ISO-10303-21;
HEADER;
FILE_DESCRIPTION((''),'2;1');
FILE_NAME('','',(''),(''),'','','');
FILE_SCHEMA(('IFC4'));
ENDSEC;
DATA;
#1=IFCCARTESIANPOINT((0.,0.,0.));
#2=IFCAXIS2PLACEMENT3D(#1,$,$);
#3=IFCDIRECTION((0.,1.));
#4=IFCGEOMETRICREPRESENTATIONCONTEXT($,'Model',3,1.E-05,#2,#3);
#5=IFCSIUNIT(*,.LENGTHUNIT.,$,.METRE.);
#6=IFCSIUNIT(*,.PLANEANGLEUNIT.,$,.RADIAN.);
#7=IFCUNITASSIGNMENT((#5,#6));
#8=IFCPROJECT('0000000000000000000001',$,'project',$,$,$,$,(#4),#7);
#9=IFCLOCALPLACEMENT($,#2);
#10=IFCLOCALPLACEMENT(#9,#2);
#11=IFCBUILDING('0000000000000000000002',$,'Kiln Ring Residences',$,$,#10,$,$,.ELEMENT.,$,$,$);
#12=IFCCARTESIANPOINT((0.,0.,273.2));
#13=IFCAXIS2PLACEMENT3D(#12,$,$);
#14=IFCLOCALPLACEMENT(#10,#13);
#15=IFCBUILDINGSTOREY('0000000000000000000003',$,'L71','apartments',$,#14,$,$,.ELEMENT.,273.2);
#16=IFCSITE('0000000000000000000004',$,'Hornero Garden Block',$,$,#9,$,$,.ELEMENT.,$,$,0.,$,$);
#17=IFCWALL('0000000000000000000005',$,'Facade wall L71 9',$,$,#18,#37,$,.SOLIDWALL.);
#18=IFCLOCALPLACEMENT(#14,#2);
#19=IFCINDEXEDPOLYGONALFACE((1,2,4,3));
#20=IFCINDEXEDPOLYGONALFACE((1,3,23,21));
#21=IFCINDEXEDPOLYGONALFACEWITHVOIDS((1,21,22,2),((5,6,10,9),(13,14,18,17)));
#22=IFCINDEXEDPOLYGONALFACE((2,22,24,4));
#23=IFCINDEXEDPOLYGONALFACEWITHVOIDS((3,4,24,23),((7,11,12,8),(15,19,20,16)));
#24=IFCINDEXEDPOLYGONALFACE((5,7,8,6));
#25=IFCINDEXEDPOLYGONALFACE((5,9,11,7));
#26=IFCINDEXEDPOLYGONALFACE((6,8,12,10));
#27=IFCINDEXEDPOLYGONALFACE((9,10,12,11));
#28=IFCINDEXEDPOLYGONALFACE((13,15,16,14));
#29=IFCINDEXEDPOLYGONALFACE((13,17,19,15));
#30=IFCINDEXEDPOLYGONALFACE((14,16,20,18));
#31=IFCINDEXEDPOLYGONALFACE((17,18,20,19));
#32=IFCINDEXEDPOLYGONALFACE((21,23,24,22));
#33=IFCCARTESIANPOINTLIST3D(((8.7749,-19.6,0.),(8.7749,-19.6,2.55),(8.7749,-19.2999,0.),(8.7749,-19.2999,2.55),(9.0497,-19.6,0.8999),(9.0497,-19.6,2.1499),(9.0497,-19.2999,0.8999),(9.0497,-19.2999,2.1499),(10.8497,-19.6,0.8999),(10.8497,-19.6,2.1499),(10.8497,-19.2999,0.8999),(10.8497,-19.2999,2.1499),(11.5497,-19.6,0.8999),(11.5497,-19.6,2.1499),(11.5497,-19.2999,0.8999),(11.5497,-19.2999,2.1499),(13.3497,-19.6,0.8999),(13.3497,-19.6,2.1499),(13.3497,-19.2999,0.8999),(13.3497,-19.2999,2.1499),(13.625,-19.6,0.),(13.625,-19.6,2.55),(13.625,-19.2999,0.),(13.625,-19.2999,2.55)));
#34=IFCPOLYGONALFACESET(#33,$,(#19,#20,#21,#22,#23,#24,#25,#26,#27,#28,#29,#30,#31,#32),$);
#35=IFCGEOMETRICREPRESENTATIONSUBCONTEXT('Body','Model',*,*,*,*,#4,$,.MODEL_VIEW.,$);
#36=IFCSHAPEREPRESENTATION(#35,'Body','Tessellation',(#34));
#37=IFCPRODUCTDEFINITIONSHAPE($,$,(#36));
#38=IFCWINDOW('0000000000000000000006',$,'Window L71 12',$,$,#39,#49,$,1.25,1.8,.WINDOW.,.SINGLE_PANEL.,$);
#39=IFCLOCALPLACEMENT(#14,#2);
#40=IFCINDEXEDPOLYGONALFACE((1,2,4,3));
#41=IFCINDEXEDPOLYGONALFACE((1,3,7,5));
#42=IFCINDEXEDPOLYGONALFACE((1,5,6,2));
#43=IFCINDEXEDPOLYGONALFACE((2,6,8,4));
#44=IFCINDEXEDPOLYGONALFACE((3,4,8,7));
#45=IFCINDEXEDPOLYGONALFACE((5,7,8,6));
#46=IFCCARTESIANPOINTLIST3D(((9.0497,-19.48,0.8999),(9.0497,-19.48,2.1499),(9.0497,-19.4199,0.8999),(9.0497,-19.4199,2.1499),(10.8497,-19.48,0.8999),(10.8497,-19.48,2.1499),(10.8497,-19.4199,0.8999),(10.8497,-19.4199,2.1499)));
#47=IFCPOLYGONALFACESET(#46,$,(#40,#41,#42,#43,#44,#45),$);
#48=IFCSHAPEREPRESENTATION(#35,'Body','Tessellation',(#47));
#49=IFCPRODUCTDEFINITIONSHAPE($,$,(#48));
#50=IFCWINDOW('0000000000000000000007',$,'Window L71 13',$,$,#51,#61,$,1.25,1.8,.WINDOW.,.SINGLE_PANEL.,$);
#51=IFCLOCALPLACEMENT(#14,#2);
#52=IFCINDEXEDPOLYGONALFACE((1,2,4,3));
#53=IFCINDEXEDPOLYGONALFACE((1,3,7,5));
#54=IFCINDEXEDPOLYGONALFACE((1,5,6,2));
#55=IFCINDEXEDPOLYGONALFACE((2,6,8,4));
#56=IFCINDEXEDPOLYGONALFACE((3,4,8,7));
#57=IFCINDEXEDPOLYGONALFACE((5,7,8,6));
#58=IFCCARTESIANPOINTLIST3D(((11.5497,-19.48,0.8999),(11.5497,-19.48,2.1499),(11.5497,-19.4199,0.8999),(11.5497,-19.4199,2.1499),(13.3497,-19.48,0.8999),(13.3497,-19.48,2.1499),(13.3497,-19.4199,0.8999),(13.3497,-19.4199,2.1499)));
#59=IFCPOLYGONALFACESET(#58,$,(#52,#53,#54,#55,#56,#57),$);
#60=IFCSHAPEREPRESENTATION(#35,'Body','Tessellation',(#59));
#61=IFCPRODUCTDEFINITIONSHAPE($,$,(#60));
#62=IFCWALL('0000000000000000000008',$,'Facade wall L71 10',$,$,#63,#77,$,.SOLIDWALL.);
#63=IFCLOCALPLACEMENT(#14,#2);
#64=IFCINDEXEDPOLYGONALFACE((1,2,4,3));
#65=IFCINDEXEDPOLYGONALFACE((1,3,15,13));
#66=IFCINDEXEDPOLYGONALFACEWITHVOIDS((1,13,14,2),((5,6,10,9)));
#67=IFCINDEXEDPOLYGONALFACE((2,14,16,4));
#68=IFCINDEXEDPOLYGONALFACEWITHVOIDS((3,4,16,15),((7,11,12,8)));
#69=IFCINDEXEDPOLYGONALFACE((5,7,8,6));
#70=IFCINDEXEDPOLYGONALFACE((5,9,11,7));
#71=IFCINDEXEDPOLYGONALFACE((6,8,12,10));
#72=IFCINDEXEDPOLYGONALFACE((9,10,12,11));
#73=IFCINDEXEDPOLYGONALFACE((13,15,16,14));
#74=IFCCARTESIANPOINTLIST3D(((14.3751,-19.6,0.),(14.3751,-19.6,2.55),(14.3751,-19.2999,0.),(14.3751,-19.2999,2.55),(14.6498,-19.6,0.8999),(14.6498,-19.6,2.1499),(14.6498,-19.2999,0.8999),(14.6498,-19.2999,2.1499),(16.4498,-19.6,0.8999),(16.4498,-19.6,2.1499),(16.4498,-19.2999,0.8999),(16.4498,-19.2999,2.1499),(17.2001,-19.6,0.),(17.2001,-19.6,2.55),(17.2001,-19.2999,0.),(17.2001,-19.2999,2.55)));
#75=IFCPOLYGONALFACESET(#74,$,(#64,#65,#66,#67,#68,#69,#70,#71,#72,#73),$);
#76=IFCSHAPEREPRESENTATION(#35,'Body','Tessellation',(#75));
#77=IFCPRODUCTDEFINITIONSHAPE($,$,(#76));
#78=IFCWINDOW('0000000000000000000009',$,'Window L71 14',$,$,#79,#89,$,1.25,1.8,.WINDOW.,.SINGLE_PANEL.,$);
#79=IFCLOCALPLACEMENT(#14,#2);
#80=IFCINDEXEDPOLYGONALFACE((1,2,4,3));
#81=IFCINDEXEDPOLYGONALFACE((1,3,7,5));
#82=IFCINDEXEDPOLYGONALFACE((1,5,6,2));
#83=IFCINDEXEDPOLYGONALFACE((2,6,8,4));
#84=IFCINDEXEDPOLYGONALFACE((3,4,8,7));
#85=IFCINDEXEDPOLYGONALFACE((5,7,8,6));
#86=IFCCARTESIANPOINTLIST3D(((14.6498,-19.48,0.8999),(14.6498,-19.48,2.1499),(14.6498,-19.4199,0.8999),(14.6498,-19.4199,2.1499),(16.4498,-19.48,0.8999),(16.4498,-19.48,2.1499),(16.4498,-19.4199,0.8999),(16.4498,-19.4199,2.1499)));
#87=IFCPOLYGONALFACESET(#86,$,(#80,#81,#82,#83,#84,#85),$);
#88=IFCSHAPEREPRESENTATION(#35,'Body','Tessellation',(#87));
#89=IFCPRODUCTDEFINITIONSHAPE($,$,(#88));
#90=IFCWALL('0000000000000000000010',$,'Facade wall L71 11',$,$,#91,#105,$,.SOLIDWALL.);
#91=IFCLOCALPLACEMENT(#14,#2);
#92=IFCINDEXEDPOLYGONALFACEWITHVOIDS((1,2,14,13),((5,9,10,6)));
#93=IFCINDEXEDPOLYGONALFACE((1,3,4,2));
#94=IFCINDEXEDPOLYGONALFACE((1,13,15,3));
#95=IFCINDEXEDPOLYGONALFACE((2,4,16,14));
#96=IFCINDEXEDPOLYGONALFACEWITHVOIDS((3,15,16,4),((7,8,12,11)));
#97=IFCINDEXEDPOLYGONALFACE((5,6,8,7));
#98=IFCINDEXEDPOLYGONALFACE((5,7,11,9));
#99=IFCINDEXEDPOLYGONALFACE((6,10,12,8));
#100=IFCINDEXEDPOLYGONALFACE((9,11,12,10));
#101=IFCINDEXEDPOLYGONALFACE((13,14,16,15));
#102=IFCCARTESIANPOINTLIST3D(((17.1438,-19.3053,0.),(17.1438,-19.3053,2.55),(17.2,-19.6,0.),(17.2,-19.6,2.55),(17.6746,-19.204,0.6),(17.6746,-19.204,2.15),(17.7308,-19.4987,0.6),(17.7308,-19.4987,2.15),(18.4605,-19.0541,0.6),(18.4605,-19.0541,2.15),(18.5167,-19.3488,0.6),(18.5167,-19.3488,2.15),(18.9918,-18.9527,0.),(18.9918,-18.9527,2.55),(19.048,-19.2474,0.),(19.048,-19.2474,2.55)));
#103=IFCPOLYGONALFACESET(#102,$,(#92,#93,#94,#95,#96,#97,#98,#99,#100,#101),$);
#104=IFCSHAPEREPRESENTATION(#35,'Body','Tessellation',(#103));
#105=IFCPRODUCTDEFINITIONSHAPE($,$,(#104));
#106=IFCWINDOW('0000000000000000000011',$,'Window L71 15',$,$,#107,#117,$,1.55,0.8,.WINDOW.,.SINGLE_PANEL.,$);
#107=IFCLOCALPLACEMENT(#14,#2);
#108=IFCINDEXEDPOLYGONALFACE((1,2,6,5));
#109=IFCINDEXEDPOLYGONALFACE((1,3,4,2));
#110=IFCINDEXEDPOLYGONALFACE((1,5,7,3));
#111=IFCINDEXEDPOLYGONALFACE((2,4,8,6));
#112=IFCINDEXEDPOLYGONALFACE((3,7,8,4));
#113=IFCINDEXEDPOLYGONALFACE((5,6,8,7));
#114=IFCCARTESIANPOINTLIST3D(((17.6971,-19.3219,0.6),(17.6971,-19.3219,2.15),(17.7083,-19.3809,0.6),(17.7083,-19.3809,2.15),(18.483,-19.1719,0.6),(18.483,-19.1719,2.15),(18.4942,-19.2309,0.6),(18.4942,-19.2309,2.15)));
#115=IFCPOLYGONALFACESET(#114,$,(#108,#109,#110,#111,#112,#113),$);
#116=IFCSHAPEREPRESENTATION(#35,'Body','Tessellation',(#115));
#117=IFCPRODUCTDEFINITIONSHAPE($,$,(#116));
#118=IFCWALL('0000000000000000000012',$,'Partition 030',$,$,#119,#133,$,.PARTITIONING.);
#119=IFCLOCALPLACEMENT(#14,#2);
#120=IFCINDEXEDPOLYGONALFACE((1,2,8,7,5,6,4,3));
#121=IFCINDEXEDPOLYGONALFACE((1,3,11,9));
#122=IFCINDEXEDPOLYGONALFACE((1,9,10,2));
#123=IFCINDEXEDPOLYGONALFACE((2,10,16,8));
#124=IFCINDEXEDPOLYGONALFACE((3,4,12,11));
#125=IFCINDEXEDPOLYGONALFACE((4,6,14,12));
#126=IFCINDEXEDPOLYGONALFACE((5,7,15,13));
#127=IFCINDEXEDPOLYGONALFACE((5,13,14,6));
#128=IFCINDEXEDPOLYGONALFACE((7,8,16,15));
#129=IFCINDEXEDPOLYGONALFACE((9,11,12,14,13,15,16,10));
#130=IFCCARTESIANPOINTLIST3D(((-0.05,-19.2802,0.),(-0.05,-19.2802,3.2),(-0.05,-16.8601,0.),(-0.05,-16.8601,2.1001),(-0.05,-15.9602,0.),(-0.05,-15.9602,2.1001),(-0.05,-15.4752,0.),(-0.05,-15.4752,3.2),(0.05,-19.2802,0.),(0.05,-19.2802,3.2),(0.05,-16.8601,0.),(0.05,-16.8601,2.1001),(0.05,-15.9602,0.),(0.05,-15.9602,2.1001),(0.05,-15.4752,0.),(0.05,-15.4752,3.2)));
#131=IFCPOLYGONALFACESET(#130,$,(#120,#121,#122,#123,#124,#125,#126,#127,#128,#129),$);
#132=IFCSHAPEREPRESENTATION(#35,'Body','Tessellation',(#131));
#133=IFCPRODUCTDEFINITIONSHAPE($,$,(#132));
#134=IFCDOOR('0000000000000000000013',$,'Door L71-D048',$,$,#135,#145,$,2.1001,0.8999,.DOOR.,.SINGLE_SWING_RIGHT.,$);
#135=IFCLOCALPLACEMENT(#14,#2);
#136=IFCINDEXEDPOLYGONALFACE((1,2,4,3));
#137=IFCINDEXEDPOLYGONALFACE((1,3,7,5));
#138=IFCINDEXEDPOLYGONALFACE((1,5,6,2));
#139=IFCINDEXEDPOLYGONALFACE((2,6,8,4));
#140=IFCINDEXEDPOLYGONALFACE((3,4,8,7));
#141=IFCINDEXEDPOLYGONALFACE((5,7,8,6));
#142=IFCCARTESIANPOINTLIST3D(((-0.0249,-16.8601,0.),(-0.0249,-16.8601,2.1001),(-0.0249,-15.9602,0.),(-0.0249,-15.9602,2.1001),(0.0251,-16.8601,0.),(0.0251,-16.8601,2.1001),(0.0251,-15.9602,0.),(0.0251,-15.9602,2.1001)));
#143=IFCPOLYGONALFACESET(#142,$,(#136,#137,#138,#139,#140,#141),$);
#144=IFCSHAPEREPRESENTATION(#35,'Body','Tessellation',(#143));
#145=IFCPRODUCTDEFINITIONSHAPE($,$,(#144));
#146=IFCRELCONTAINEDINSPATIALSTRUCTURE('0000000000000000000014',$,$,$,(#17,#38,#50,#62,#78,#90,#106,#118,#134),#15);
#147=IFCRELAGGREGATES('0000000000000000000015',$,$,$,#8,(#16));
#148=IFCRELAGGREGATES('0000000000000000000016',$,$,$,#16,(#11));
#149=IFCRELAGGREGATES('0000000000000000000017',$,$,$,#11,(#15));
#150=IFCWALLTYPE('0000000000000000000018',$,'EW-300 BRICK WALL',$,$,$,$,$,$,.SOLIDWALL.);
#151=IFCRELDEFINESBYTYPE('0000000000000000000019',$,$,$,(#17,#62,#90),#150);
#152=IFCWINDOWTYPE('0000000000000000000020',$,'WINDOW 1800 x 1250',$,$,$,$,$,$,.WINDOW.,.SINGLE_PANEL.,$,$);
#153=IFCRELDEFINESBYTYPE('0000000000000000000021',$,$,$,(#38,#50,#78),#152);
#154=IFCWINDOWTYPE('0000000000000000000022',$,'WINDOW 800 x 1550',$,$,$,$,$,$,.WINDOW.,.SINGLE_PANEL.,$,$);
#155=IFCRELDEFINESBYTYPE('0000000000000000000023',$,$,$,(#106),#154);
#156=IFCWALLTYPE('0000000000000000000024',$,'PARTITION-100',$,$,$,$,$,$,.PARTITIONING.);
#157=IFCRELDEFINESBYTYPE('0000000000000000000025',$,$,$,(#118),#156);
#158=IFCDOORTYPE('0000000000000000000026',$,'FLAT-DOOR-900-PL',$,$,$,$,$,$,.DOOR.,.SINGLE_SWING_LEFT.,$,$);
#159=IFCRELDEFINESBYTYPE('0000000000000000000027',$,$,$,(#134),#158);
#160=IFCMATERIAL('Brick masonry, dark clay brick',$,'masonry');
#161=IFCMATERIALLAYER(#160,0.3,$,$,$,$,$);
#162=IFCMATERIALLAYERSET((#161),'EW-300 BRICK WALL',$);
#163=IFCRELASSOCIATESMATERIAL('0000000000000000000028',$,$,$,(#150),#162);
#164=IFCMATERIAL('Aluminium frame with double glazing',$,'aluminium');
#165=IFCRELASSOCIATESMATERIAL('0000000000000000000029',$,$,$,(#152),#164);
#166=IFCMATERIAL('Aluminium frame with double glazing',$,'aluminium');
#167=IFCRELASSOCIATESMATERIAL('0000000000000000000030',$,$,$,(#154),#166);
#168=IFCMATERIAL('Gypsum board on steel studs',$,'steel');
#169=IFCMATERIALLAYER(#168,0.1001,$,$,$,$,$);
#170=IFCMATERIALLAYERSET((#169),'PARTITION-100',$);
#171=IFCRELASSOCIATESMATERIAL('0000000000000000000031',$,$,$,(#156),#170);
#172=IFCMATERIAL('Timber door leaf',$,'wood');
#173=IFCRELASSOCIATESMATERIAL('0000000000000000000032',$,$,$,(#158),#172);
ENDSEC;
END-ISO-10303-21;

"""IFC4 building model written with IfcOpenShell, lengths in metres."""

from ifc_helpers import new_model, si_unit, direction, frame, frame_2d, origin, place, context, subcontext, project, spatial, rectangle, extrude, material, layer, layer_set, type_object, element, fill, save


model = new_model("IFC4")

# Units and contexts
model_context = context("Model", 3, precision=1e-05, world=origin(), true_north=direction((0.0, 1.0)))
body_context = subcontext(model_context, "Body", "Model", "MODEL_VIEW")
ifc_project = project(units=[si_unit("LENGTHUNIT", "METRE"), si_unit("PLANEANGLEUNIT", "RADIAN")], contexts=[model_context])

# Site, building, storey
site_placement = place(None, origin())
site = spatial("IfcSite", under=ifc_project, at=site_placement, Name="Hornero Garden Block", CompositionType="ELEMENT", RefElevation=0.0)
building_placement = place(site_placement, origin())
building = spatial("IfcBuilding", under=site, at=building_placement, Name="Kiln Ring Residences", CompositionType="ELEMENT")
storey_placement = place(building_placement, frame((0.0, 0.0, 273.2)))
storey = spatial("IfcBuildingStorey", under=building, at=storey_placement, Name="L71", Description="apartments", CompositionType="ELEMENT", Elevation=273.2)

# Wall, openings, windows
ifc_material_1 = material(Name="Brick masonry, dark clay brick", Category="masonry")
ifc_layer_1 = layer(ifc_material_1, 0.3)
ifc_layer_set_1 = layer_set([ifc_layer_1], Name="EW-300 BRICK WALL")
wall_type_1 = type_object("IfcWallType", Name="EW-300 BRICK WALL", PredefinedType="SOLIDWALL", material=ifc_layer_set_1)
ifc_material_2 = material(Name="Aluminium frame with double glazing", Category="aluminium")
window_type_1 = type_object("IfcWindowType", Name="WINDOW 1800 x 1250", PartitioningType="SINGLE_PANEL", PredefinedType="WINDOW", material=ifc_material_2)
wall_1_placement = place(storey_placement, frame((8.7749, -19.45, 0.0), z_axis=(0.0, 0.0, 1.0), x_axis=(1.0, 0.0, 0.0)))
wall_1 = element("IfcWall", 1, at=wall_1_placement, inside=storey, type_object=wall_type_1, Name="Facade wall L71 9", PredefinedType="SOLIDWALL", context=body_context, shape_type="SweptSolid", body=[
    extrude(rectangle(XDim=4.8501, YDim=0.3, at=frame_2d((2.425, 0.0))), origin(), (0.0, 0.0, 1.0), 2.55),
])
opening_1_placement = place(wall_1_placement, frame((0.2749, 0.0, 0.8999)))
opening_1 = element("IfcOpeningElement", 2, at=opening_1_placement, cuts=wall_1, PredefinedType="OPENING", context=body_context, shape_type="SweptSolid", body=[
    extrude(rectangle(XDim=1.8, YDim=1.25, at=frame_2d((0.8999, 0.625))), frame((0.0, 0.1599, 0.0), z_axis=(0.0, -1.0, 0.0), x_axis=(1.0, 0.0, 0.0)), (0.0, 0.0, 1.0), 0.3201),
])
opening_2_placement = place(wall_1_placement, frame((2.7749, 0.0, 0.8999)))
opening_2 = element("IfcOpeningElement", 3, at=opening_2_placement, cuts=wall_1, PredefinedType="OPENING", context=body_context, shape_type="SweptSolid", body=[
    extrude(rectangle(XDim=1.8, YDim=1.25, at=frame_2d((0.8999, 0.625))), frame((0.0, 0.1599, 0.0), z_axis=(0.0, -1.0, 0.0), x_axis=(1.0, 0.0, 0.0)), (0.0, 0.0, 1.0), 0.3201),
])
window_1_placement = place(opening_1_placement, origin())
window_1 = element("IfcWindow", 4, at=window_1_placement, inside=storey, type_object=window_type_1, Name="Window L71 12", OverallHeight=1.25, OverallWidth=1.8, PartitioningType="SINGLE_PANEL", PredefinedType="WINDOW", context=body_context, shape_type="SweptSolid", body=[
    extrude(rectangle(XDim=1.8, YDim=1.25, at=frame_2d((0.8999, 0.625))), frame((0.0, 0.03, 0.0), z_axis=(0.0, -1.0, 0.0), x_axis=(1.0, 0.0, 0.0)), (0.0, 0.0, 1.0), 0.0601),
])
fill(opening_1, window_1)
window_2_placement = place(opening_2_placement, origin())
window_2 = element("IfcWindow", 5, at=window_2_placement, inside=storey, type_object=window_type_1, Name="Window L71 13", OverallHeight=1.25, OverallWidth=1.8, PartitioningType="SINGLE_PANEL", PredefinedType="WINDOW", context=body_context, shape_type="SweptSolid", body=[
    extrude(rectangle(XDim=1.8, YDim=1.25, at=frame_2d((0.8999, 0.625))), frame((0.0, 0.03, 0.0), z_axis=(0.0, -1.0, 0.0), x_axis=(1.0, 0.0, 0.0)), (0.0, 0.0, 1.0), 0.0601),
])
fill(opening_2, window_2)

# Walls, openings, windows
wall_2_placement = place(storey_placement, frame((14.375, -19.45, 0.0), z_axis=(0.0, 0.0, 1.0), x_axis=(1.0, 0.0, 0.0)))
wall_2 = element("IfcWall", 6, at=wall_2_placement, inside=storey, type_object=wall_type_1, Name="Facade wall L71 10", PredefinedType="SOLIDWALL", context=body_context, shape_type="SweptSolid", body=[
    extrude(rectangle(XDim=2.825, YDim=0.3, at=frame_2d((1.4126, 0.0))), origin(), (0.0, 0.0, 1.0), 2.55),
])
opening_3_placement = place(wall_2_placement, frame((0.2749, 0.0, 0.8999)))
opening_3 = element("IfcOpeningElement", 7, at=opening_3_placement, cuts=wall_2, PredefinedType="OPENING", context=body_context, shape_type="SweptSolid", body=[
    extrude(rectangle(XDim=1.8, YDim=1.25, at=frame_2d((0.8999, 0.625))), frame((0.0, 0.1599, 0.0), z_axis=(0.0, -1.0, 0.0), x_axis=(1.0, 0.0, 0.0)), (0.0, 0.0, 1.0), 0.3201),
])
window_3_placement = place(opening_3_placement, origin())
window_3 = element("IfcWindow", 8, at=window_3_placement, inside=storey, type_object=window_type_1, Name="Window L71 14", OverallHeight=1.25, OverallWidth=1.8, PartitioningType="SINGLE_PANEL", PredefinedType="WINDOW", context=body_context, shape_type="SweptSolid", body=[
    extrude(rectangle(XDim=1.8, YDim=1.25, at=frame_2d((0.8999, 0.625))), frame((0.0, 0.03, 0.0), z_axis=(0.0, -1.0, 0.0), x_axis=(1.0, 0.0, 0.0)), (0.0, 0.0, 1.0), 0.0601),
])
fill(opening_3, window_3)
wall_3_placement = place(storey_placement, frame((17.1719, -19.4526, 0.0), z_axis=(0.0, 0.0, 1.0), x_axis=(0.982284, 0.187398, 0.0)))
wall_3 = element("IfcWall", 9, at=wall_3_placement, inside=storey, type_object=wall_type_1, Name="Facade wall L71 11", PredefinedType="SOLIDWALL", context=body_context, shape_type="SweptSolid", body=[
    extrude(rectangle(XDim=1.8813, YDim=0.3, at=frame_2d((0.9407, 0.0))), origin(), (0.0, 0.0, 1.0), 2.55),
])
opening_4_placement = place(wall_3_placement, frame((0.5405, 0.0, 0.6001)))
opening_4 = element("IfcOpeningElement", 10, at=opening_4_placement, cuts=wall_3, PredefinedType="OPENING", context=body_context, shape_type="SweptSolid", body=[
    extrude(rectangle(XDim=0.8, YDim=1.55, at=frame_2d((0.3999, 0.7749))), frame((0.0, 0.1599, 0.0), z_axis=(0.0, -1.0, 0.0), x_axis=(1.0, 0.0, 0.0)), (0.0, 0.0, 1.0), 0.3201),
])
ifc_material_3 = material(Name="Aluminium frame with double glazing", Category="aluminium")
window_type_2 = type_object("IfcWindowType", Name="WINDOW 800 x 1550", PartitioningType="SINGLE_PANEL", PredefinedType="WINDOW", material=ifc_material_3)
window_4_placement = place(opening_4_placement, origin())
window_4 = element("IfcWindow", 11, at=window_4_placement, inside=storey, type_object=window_type_2, Name="Window L71 15", OverallHeight=1.55, OverallWidth=0.8, PartitioningType="SINGLE_PANEL", PredefinedType="WINDOW", context=body_context, shape_type="SweptSolid", body=[
    extrude(rectangle(XDim=0.8, YDim=1.55, at=frame_2d((0.3999, 0.7749))), frame((0.0, 0.03, 0.0), z_axis=(0.0, -1.0, 0.0), x_axis=(1.0, 0.0, 0.0)), (0.0, 0.0, 1.0), 0.0601),
])
fill(opening_4, window_4)

# Wall, opening, door
ifc_material_4 = material(Name="Gypsum board on steel studs", Category="steel")
ifc_layer_2 = layer(ifc_material_4, 0.1001)
ifc_layer_set_2 = layer_set([ifc_layer_2], Name="PARTITION-100")
wall_type_2 = type_object("IfcWallType", Name="PARTITION-100", PredefinedType="PARTITIONING", material=ifc_layer_set_2)
wall_4_placement = place(storey_placement, frame((0.0, -19.28, 0.0), z_axis=(0.0, 0.0, 1.0), x_axis=(0.0, 1.0, 0.0)))
wall_4 = element("IfcWall", 12, at=wall_4_placement, inside=storey, type_object=wall_type_2, Name="Partition 030", PredefinedType="PARTITIONING", context=body_context, shape_type="SweptSolid", body=[
    extrude(rectangle(XDim=3.8049, YDim=0.1001, at=frame_2d((1.9023, 0.0))), origin(), (0.0, 0.0, 1.0), 3.2),
])
opening_5_placement = place(wall_4_placement, frame((2.4199, 0.0, 0.0)))
opening_5 = element("IfcOpeningElement", 13, at=opening_5_placement, cuts=wall_4, PredefinedType="OPENING", context=body_context, shape_type="SweptSolid", body=[
    extrude(rectangle(XDim=0.8999, YDim=2.1001, at=frame_2d((0.45, 1.05))), frame((0.0, 0.0601, 0.0), z_axis=(0.0, -1.0, 0.0), x_axis=(1.0, 0.0, 0.0)), (0.0, 0.0, 1.0), 0.1201),
])
ifc_material_5 = material(Name="Timber door leaf", Category="wood")
door_type_1 = type_object("IfcDoorType", Name="FLAT-DOOR-900-PL", OperationType="SINGLE_SWING_LEFT", PredefinedType="DOOR", material=ifc_material_5)
door_1_placement = place(opening_5_placement, origin())
door_1 = element("IfcDoor", 14, at=door_1_placement, inside=storey, type_object=door_type_1, Name="Door L71-D048", OperationType="SINGLE_SWING_RIGHT", OverallHeight=2.1001, OverallWidth=0.8999, PredefinedType="DOOR", context=body_context, shape_type="SweptSolid", body=[
    extrude(rectangle(XDim=0.8999, YDim=2.1001, at=frame_2d((0.45, 1.05))), frame((0.0, 0.0249, 0.0), z_axis=(0.0, -1.0, 0.0), x_axis=(1.0, 0.0, 0.0)), (0.0, 0.0, 1.0), 0.05),
])
fill(opening_5, door_1)

save(model, "model.ifc")
